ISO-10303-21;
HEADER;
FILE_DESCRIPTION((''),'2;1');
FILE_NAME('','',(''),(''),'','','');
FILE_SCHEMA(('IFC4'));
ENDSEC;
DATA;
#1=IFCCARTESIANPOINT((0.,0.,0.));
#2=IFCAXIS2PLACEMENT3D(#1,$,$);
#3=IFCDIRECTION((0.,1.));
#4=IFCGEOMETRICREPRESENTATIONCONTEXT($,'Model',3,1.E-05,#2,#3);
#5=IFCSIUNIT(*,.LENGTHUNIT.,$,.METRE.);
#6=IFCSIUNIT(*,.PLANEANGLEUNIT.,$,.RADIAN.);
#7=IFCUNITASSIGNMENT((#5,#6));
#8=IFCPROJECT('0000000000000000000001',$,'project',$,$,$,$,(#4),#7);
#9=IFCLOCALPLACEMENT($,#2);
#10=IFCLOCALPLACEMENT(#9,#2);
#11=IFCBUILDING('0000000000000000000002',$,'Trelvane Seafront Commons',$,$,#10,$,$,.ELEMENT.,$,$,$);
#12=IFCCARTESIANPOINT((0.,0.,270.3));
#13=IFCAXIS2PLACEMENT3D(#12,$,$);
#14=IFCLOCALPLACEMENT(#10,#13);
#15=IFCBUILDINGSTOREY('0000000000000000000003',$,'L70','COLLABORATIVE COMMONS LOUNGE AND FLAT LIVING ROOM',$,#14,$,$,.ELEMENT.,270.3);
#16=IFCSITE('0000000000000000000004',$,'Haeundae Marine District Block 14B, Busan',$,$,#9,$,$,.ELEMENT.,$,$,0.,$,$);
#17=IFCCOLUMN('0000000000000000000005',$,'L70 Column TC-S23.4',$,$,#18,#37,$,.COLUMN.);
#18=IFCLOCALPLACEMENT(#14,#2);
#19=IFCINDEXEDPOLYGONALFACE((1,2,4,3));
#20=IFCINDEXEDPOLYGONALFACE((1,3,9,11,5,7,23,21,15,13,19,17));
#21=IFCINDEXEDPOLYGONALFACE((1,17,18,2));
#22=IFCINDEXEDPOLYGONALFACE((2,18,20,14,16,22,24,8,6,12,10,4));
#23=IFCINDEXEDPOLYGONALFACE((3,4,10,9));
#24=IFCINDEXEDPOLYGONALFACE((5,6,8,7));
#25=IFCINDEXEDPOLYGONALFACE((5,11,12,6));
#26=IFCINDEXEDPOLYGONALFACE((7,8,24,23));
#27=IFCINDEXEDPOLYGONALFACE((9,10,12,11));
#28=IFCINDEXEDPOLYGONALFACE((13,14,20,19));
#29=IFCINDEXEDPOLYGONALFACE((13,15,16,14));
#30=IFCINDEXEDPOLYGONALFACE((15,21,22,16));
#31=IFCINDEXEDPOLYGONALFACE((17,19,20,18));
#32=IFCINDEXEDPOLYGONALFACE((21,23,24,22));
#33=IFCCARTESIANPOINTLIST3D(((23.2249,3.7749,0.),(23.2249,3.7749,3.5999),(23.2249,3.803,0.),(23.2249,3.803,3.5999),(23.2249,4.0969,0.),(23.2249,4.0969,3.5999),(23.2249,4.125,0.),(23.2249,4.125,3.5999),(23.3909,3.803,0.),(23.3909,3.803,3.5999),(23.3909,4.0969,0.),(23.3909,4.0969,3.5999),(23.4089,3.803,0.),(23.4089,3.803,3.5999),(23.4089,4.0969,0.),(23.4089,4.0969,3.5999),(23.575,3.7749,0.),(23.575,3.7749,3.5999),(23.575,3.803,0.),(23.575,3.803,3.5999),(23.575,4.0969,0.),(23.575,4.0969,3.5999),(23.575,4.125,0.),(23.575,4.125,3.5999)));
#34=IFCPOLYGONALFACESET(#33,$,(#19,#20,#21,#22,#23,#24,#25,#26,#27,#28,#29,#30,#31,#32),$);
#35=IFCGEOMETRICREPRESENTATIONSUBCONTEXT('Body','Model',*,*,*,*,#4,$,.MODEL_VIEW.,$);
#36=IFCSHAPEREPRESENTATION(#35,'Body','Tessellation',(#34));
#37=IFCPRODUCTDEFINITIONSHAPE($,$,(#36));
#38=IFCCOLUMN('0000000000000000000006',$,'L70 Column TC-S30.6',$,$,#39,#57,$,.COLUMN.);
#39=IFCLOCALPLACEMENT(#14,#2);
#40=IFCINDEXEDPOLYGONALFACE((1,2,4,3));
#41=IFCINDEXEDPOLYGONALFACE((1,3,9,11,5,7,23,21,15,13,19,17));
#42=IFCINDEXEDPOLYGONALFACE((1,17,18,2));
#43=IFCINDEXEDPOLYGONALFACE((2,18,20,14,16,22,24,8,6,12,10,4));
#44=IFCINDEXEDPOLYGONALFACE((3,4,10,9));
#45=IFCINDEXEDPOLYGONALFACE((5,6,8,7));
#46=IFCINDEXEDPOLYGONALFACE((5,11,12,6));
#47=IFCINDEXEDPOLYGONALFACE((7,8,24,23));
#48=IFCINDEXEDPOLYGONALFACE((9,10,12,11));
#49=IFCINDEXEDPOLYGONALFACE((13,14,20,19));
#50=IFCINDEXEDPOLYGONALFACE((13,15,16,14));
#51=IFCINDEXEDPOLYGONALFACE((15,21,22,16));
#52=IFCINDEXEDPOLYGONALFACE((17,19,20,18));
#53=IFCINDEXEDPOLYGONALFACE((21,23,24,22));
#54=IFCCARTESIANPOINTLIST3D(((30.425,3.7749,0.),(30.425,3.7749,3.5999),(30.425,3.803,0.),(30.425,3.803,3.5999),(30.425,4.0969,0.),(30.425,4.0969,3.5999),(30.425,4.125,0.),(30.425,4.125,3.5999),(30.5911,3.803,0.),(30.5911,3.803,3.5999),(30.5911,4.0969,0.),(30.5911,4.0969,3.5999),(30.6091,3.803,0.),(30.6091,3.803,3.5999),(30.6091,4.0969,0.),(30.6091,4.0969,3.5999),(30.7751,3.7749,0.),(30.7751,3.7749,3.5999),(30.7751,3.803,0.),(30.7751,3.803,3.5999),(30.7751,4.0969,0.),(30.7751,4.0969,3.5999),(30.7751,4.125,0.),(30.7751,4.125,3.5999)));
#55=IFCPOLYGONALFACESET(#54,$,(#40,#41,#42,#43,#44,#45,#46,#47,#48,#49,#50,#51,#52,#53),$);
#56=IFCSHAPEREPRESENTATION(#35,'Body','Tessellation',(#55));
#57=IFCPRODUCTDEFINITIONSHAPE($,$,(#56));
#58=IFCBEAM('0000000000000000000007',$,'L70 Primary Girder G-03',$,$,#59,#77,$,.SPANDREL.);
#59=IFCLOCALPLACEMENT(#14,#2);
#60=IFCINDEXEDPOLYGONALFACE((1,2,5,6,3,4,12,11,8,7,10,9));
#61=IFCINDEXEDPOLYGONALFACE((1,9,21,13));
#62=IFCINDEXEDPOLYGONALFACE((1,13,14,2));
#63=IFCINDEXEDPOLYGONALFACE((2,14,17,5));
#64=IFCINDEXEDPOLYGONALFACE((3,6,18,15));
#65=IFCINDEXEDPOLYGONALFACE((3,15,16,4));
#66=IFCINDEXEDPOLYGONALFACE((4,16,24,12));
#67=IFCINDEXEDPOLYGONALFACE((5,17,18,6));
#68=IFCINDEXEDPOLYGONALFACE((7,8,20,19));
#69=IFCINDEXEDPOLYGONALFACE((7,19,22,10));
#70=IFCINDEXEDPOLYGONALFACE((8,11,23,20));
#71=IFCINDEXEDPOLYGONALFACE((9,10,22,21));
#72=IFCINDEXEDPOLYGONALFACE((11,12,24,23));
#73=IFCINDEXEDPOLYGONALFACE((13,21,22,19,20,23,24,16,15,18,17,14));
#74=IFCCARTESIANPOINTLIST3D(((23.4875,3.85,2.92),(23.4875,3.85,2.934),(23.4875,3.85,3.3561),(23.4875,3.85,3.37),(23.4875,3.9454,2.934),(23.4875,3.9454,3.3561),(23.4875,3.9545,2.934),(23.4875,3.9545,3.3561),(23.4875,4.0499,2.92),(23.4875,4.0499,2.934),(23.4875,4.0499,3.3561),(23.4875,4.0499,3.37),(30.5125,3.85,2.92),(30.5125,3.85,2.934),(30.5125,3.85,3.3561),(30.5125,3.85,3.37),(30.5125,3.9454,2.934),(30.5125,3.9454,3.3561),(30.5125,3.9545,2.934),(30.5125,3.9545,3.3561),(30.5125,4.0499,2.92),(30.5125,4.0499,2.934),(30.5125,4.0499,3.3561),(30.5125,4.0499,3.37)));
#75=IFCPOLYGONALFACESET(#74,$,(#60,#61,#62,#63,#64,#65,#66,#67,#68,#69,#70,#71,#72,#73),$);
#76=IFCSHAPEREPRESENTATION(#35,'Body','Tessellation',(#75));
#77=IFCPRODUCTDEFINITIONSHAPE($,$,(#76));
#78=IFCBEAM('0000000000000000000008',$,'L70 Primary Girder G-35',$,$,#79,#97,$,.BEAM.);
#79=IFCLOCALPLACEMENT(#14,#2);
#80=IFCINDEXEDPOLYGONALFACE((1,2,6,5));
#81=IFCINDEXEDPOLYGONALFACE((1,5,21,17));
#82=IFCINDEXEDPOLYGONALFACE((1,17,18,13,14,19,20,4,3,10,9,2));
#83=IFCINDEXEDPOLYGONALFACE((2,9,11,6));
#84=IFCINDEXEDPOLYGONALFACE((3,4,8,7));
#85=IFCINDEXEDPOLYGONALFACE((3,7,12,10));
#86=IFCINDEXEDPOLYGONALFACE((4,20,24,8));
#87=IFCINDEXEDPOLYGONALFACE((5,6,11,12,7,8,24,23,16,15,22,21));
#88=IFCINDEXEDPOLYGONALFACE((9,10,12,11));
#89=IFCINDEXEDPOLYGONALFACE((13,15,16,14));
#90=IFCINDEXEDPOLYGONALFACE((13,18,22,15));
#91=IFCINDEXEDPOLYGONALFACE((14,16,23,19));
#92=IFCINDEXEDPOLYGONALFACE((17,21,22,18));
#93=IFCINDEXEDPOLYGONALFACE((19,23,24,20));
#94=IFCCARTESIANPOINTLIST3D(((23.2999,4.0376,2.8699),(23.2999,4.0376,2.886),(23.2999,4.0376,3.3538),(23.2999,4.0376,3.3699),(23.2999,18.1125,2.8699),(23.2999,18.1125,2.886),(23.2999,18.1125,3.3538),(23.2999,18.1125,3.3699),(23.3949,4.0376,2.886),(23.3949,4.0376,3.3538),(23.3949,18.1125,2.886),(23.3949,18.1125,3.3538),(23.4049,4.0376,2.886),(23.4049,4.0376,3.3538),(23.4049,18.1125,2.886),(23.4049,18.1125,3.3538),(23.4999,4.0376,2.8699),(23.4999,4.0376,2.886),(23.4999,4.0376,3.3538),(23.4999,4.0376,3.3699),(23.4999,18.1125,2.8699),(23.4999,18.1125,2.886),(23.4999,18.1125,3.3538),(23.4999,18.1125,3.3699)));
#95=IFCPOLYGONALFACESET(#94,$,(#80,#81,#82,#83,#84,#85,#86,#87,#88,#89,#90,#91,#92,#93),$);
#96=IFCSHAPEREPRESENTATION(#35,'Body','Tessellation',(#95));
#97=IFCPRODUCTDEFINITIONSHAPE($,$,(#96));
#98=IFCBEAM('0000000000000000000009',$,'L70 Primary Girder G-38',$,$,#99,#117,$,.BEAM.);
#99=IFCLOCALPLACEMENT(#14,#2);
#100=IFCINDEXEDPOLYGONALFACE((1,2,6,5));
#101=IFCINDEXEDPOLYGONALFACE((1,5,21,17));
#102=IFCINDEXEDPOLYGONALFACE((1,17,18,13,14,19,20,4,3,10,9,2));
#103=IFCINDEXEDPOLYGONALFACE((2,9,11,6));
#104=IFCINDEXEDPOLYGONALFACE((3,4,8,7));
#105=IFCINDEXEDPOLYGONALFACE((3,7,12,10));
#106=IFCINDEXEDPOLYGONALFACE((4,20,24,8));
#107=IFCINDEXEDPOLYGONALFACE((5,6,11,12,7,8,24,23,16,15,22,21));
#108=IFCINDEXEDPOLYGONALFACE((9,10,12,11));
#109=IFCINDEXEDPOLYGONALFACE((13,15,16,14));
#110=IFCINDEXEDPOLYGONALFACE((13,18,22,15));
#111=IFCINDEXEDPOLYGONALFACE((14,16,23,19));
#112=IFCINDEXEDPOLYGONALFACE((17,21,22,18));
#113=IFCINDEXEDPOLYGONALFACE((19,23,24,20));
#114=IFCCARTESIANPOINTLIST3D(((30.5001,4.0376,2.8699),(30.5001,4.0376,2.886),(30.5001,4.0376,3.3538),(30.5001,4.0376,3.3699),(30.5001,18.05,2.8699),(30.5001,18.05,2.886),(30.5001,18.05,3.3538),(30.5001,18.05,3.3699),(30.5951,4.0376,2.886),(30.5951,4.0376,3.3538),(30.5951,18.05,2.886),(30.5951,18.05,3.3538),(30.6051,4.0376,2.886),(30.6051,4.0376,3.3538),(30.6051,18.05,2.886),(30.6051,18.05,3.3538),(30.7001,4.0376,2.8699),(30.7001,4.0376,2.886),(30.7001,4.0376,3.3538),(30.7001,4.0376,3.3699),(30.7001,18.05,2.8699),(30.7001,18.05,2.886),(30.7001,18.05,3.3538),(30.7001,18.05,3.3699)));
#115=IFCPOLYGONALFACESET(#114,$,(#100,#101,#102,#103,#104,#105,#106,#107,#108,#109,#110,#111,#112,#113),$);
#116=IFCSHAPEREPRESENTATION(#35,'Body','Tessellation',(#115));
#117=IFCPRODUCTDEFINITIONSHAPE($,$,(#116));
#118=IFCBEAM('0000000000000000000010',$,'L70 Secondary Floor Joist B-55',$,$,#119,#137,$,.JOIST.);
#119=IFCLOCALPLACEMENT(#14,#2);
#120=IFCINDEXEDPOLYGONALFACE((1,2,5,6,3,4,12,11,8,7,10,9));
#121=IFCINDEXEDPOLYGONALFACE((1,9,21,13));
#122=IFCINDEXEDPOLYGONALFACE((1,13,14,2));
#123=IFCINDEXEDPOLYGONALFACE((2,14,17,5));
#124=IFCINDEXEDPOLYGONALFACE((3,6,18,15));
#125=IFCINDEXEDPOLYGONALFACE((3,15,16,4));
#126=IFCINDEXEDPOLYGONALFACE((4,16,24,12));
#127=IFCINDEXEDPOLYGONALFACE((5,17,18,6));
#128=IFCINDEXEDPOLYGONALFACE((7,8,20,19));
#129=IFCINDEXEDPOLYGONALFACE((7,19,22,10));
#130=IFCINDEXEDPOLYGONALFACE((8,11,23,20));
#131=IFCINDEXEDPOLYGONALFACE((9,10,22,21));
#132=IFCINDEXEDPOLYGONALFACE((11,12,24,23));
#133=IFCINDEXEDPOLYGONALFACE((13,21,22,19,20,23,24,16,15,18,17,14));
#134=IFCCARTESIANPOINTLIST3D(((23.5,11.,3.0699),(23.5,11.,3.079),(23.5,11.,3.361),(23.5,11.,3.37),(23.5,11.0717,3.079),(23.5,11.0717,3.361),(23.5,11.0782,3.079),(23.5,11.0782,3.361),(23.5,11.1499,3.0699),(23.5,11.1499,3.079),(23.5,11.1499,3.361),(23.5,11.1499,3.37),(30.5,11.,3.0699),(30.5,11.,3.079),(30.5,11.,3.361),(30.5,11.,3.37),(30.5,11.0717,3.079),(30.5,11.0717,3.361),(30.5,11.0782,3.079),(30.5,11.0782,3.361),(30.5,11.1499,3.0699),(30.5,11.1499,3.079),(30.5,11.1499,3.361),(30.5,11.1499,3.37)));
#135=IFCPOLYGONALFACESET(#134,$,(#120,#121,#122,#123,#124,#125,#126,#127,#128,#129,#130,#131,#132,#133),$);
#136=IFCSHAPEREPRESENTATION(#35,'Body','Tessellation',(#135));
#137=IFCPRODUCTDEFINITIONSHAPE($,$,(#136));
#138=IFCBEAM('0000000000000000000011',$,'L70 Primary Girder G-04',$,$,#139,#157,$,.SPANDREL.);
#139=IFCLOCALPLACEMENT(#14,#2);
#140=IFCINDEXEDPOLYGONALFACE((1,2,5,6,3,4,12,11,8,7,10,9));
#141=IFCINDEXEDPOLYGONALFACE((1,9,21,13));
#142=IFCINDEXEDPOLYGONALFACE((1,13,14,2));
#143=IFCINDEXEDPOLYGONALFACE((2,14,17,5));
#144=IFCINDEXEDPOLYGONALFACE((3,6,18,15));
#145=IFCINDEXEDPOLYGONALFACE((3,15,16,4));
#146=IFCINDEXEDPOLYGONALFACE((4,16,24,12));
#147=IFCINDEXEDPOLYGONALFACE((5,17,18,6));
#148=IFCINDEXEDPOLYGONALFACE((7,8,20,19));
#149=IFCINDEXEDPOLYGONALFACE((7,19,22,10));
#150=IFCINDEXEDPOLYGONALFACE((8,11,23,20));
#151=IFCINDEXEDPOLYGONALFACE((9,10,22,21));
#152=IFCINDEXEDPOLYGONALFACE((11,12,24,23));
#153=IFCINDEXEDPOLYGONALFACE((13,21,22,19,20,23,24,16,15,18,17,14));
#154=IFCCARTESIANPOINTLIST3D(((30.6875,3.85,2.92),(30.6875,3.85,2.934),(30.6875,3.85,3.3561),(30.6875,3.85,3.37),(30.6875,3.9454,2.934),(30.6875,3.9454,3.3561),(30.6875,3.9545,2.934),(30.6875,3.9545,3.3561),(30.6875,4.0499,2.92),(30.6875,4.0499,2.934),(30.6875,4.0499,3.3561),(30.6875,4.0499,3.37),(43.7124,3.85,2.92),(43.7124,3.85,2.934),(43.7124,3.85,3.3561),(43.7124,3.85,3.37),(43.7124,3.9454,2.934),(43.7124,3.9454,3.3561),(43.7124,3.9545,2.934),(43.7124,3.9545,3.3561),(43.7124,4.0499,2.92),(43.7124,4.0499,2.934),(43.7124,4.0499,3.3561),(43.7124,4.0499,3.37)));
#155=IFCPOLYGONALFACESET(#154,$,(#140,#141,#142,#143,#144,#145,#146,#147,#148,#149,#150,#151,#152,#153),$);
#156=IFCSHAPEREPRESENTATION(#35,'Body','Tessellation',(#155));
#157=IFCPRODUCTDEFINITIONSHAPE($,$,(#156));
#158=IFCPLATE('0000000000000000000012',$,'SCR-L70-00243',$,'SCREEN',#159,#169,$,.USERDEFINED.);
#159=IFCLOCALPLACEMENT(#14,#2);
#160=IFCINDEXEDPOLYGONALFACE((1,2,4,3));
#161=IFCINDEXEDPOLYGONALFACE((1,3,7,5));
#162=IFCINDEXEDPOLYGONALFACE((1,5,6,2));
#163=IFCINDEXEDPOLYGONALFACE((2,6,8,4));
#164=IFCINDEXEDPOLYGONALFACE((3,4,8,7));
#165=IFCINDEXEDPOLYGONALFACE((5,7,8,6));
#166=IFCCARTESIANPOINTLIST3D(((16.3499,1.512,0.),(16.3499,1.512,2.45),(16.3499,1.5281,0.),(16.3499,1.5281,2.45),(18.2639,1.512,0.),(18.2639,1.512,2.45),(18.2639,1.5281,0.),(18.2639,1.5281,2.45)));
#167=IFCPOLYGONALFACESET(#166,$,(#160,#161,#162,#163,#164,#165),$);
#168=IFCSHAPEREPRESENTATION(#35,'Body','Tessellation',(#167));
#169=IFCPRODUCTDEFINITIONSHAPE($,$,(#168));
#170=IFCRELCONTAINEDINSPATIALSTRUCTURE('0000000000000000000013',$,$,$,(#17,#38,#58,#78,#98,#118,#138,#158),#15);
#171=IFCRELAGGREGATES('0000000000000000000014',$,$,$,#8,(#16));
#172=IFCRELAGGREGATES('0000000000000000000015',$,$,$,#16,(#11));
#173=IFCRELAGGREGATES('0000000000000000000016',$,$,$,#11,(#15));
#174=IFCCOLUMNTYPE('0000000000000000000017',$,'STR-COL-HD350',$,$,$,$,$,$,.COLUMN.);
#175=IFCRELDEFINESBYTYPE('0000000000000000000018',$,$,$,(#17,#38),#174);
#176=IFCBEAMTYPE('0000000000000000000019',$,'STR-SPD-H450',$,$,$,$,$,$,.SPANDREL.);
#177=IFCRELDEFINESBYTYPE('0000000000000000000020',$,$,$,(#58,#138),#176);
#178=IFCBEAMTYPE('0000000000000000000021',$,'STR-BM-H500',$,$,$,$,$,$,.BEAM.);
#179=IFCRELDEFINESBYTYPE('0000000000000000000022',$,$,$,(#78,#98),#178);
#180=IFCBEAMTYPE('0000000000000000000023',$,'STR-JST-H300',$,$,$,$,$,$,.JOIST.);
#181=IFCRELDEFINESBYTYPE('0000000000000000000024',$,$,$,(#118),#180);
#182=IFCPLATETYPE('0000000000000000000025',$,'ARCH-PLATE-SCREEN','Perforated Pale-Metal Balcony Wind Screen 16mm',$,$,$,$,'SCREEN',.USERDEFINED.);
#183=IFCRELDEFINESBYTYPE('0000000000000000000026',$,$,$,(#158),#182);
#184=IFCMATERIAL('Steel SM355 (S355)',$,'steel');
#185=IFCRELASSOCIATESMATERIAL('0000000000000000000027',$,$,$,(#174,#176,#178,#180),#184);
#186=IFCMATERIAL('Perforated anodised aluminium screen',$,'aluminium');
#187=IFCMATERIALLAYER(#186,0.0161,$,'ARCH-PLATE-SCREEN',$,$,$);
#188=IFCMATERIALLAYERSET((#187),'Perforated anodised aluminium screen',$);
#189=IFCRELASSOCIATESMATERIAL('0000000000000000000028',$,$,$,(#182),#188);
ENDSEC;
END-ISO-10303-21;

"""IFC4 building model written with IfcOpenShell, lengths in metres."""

from ifc_helpers import new_model, si_unit, direction, frame, origin, origin_2d, place, context, subcontext, project, spatial, rectangle, i_section, extrude, source, transform, mapped, material, layer, layer_set, material_profile, profile_set, type_object, element, save


model = new_model("IFC4")

# Units and contexts
model_context = context("Model", 3, precision=1e-05, world=origin(), true_north=direction((0.0, 1.0)))
body_context = subcontext(model_context, "Body", "Model", "MODEL_VIEW")
ifc_project = project(units=[si_unit("LENGTHUNIT", "METRE"), si_unit("PLANEANGLEUNIT", "RADIAN")], contexts=[model_context])

# Site, building, storey
site_placement = place(None, origin())
site = spatial("IfcSite", under=ifc_project, at=site_placement, Name="Haeundae Marine District Block 14B, Busan", CompositionType="ELEMENT", RefElevation=0.0)
building_placement = place(site_placement, origin())
building = spatial("IfcBuilding", under=site, at=building_placement, Name="Trelvane Seafront Commons", CompositionType="ELEMENT")
storey_placement = place(building_placement, frame((0.0, 0.0, 270.3)))
storey = spatial("IfcBuildingStorey", under=building, at=storey_placement, Name="L70", Description="COLLABORATIVE COMMONS LOUNGE AND FLAT LIVING ROOM", CompositionType="ELEMENT", Elevation=270.3)

# Columns
ifc_material_1 = material(Name="Steel SM355 (S355)", Category="steel")
ifc_material_profile_1 = material_profile(ifc_material_1, i_section(OverallWidth=0.3501, OverallDepth=0.3501, WebThickness=0.0181, FlangeThickness=0.0281, at=origin_2d()), Name="HD-350x350x18x28")
ifc_profile_set_1 = profile_set([ifc_material_profile_1], Name="Steel SM355 (S355)")
column_type = type_object("IfcColumnType", Name="STR-COL-HD350", PredefinedType="COLUMN", material=ifc_profile_set_1)
shared_shape_1 = source(origin(), body_context, "Body", "SweptSolid", [
    extrude(i_section(OverallWidth=0.3501, OverallDepth=0.3501, WebThickness=0.0181, FlangeThickness=0.0281, at=origin_2d()), origin(), (0.0, 0.0, 1.0), 3.5999),
])
for number, where, z_axis, x_axis, name in (
    (1, (23.3999, 3.95, 0.0), (0.0, 0.0, 1.0), (1.0, 0.0, 0.0), "L70 Column TC-S23.4"),
    (2, (30.6001, 3.95, 0.0), (0.0, 0.0, 1.0), (1.0, 0.0, 0.0), "L70 Column TC-S30.6"),
):
    element("IfcColumn", number, at=place(storey_placement, frame(where, z_axis=z_axis, x_axis=x_axis)), inside=storey, type_object=column_type, Name=name, PredefinedType="COLUMN", context=body_context, shape_type="MappedRepresentation", body=[
        mapped(shared_shape_1, transform((0.0, 0.0, 0.0), x_axis=(1.0, 0.0, 0.0), y_axis=(0.0, 1.0, 0.0), z_axis=(0.0, 0.0, 1.0), scale=1.0)),
    ])

# Beams
ifc_material_profile_2 = material_profile(ifc_material_1, i_section(OverallWidth=0.2, OverallDepth=0.45, WebThickness=0.009, FlangeThickness=0.0139, at=origin_2d()), Name="H-450x200x9x14")
ifc_profile_set_2 = profile_set([ifc_material_profile_2], Name="Steel SM355 (S355)")
beam_type_1 = type_object("IfcBeamType", Name="STR-SPD-H450", PredefinedType="SPANDREL", material=ifc_profile_set_2)
shared_shape_2 = source(origin(), body_context, "Body", "SweptSolid", [
    extrude(i_section(OverallWidth=0.2, OverallDepth=0.45, WebThickness=0.009, FlangeThickness=0.0139, at=origin_2d()), origin(), (0.0, 0.0, 1.0), 7.0249),
])
beam_1_placement = place(storey_placement, frame((23.4875, 3.95, 3.145), z_axis=(1.0, 0.0, 0.0), x_axis=(0.0, 1.0, 0.0)))
element("IfcBeam", 3, at=beam_1_placement, inside=storey, type_object=beam_type_1, Name="L70 Primary Girder G-03", PredefinedType="SPANDREL", context=body_context, shape_type="MappedRepresentation", body=[
    mapped(shared_shape_2, transform((0.0, 0.0, 0.0), x_axis=(1.0, 0.0, 0.0), y_axis=(0.0, 1.0, 0.0), z_axis=(0.0, 0.0, 1.0), scale=1.0)),
])
ifc_material_profile_3 = material_profile(ifc_material_1, i_section(OverallWidth=0.2, OverallDepth=0.5, WebThickness=0.01, FlangeThickness=0.0161, at=origin_2d()), Name="H-500x200x10x16")
ifc_profile_set_3 = profile_set([ifc_material_profile_3], Name="Steel SM355 (S355)")
beam_type_2 = type_object("IfcBeamType", Name="STR-BM-H500", PredefinedType="BEAM", material=ifc_profile_set_3)
shared_shape_3 = source(origin(), body_context, "Body", "SweptSolid", [
    extrude(i_section(OverallWidth=0.2, OverallDepth=0.5, WebThickness=0.01, FlangeThickness=0.0161, at=origin_2d()), origin(), (0.0, 0.0, 1.0), 14.075),
])
beam_2_placement = place(storey_placement, frame((23.3999, 4.0376, 3.1199), z_axis=(0.0, 1.0, 0.0), x_axis=(-1.0, 0.0, 0.0)))
element("IfcBeam", 4, at=beam_2_placement, inside=storey, type_object=beam_type_2, Name="L70 Primary Girder G-35", PredefinedType="BEAM", context=body_context, shape_type="MappedRepresentation", body=[
    mapped(shared_shape_3, transform((0.0, 0.0, 0.0), x_axis=(1.0, 0.0, 0.0), y_axis=(0.0, 1.0, 0.0), z_axis=(0.0, 0.0, 1.0), scale=1.0)),
])
shared_shape_4 = source(origin(), body_context, "Body", "SweptSolid", [
    extrude(i_section(OverallWidth=0.2, OverallDepth=0.5, WebThickness=0.01, FlangeThickness=0.0161, at=origin_2d()), origin(), (0.0, 0.0, 1.0), 14.0125),
])
beam_3_placement = place(storey_placement, frame((30.6001, 4.0376, 3.1199), z_axis=(0.0, 1.0, 0.0), x_axis=(-1.0, 0.0, 0.0)))
element("IfcBeam", 5, at=beam_3_placement, inside=storey, type_object=beam_type_2, Name="L70 Primary Girder G-38", PredefinedType="BEAM", context=body_context, shape_type="MappedRepresentation", body=[
    mapped(shared_shape_4, transform((0.0, 0.0, 0.0), x_axis=(1.0, 0.0, 0.0), y_axis=(0.0, 1.0, 0.0), z_axis=(0.0, 0.0, 1.0), scale=1.0)),
])
ifc_material_profile_4 = material_profile(ifc_material_1, i_section(OverallWidth=0.1499, OverallDepth=0.3, WebThickness=0.0066, FlangeThickness=0.009, at=origin_2d()), Name="H-300x150x6.5x9")
ifc_profile_set_4 = profile_set([ifc_material_profile_4], Name="Steel SM355 (S355)")
beam_type_3 = type_object("IfcBeamType", Name="STR-JST-H300", PredefinedType="JOIST", material=ifc_profile_set_4)
shared_shape_5 = source(origin(), body_context, "Body", "SweptSolid", [
    extrude(i_section(OverallWidth=0.1499, OverallDepth=0.3, WebThickness=0.0066, FlangeThickness=0.009, at=origin_2d()), origin(), (0.0, 0.0, 1.0), 7.0),
])
beam_4_placement = place(storey_placement, frame((23.5, 11.075, 3.22), z_axis=(1.0, 0.0, 0.0), x_axis=(0.0, 1.0, 0.0)))
element("IfcBeam", 6, at=beam_4_placement, inside=storey, type_object=beam_type_3, Name="L70 Secondary Floor Joist B-55", PredefinedType="JOIST", context=body_context, shape_type="MappedRepresentation", body=[
    mapped(shared_shape_5, transform((0.0, 0.0, 0.0), x_axis=(1.0, 0.0, 0.0), y_axis=(0.0, 1.0, 0.0), z_axis=(0.0, 0.0, 1.0), scale=1.0)),
])
shared_shape_6 = source(origin(), body_context, "Body", "SweptSolid", [
    extrude(i_section(OverallWidth=0.2, OverallDepth=0.45, WebThickness=0.009, FlangeThickness=0.0139, at=origin_2d()), origin(), (0.0, 0.0, 1.0), 13.0249),
])
beam_5_placement = place(storey_placement, frame((30.6875, 3.95, 3.145), z_axis=(1.0, 0.0, 0.0), x_axis=(0.0, 1.0, 0.0)))
element("IfcBeam", 7, at=beam_5_placement, inside=storey, type_object=beam_type_1, Name="L70 Primary Girder G-04", PredefinedType="SPANDREL", context=body_context, shape_type="MappedRepresentation", body=[
    mapped(shared_shape_6, transform((0.0, 0.0, 0.0), x_axis=(1.0, 0.0, 0.0), y_axis=(0.0, 1.0, 0.0), z_axis=(0.0, 0.0, 1.0), scale=1.0)),
])

# Plate
ifc_material_2 = material(Name="Perforated anodised aluminium screen", Category="aluminium")
ifc_layer_1 = layer(ifc_material_2, 0.0161, Name="ARCH-PLATE-SCREEN")
ifc_layer_set_1 = layer_set([ifc_layer_1], Name="Perforated anodised aluminium screen")
plate_type_1 = type_object("IfcPlateType", Name="ARCH-PLATE-SCREEN", Description="Perforated Pale-Metal Balcony Wind Screen 16mm", ElementType="SCREEN", PredefinedType="USERDEFINED", material=ifc_layer_set_1)
shared_shape_7 = source(origin(), body_context, "Body", "SweptSolid", [
    extrude(rectangle(XDim=1.9141, YDim=0.0161, at=origin_2d()), origin(), (0.0, 0.0, 1.0), 2.45),
])
plate_placement = place(storey_placement, frame((17.3069, 1.52, 0.0), z_axis=(0.0, 0.0, 1.0), x_axis=(1.0, 0.0, 0.0)))
element("IfcPlate", 8, at=plate_placement, inside=storey, type_object=plate_type_1, Name="SCR-L70-00243", ObjectType="SCREEN", PredefinedType="USERDEFINED", context=body_context, shape_type="MappedRepresentation", body=[
    mapped(shared_shape_7, transform((0.0, 0.0, 0.0), x_axis=(1.0, 0.0, 0.0), y_axis=(0.0, 1.0, 0.0), z_axis=(0.0, 0.0, 1.0), scale=1.0)),
])

save(model, "model.ifc")
